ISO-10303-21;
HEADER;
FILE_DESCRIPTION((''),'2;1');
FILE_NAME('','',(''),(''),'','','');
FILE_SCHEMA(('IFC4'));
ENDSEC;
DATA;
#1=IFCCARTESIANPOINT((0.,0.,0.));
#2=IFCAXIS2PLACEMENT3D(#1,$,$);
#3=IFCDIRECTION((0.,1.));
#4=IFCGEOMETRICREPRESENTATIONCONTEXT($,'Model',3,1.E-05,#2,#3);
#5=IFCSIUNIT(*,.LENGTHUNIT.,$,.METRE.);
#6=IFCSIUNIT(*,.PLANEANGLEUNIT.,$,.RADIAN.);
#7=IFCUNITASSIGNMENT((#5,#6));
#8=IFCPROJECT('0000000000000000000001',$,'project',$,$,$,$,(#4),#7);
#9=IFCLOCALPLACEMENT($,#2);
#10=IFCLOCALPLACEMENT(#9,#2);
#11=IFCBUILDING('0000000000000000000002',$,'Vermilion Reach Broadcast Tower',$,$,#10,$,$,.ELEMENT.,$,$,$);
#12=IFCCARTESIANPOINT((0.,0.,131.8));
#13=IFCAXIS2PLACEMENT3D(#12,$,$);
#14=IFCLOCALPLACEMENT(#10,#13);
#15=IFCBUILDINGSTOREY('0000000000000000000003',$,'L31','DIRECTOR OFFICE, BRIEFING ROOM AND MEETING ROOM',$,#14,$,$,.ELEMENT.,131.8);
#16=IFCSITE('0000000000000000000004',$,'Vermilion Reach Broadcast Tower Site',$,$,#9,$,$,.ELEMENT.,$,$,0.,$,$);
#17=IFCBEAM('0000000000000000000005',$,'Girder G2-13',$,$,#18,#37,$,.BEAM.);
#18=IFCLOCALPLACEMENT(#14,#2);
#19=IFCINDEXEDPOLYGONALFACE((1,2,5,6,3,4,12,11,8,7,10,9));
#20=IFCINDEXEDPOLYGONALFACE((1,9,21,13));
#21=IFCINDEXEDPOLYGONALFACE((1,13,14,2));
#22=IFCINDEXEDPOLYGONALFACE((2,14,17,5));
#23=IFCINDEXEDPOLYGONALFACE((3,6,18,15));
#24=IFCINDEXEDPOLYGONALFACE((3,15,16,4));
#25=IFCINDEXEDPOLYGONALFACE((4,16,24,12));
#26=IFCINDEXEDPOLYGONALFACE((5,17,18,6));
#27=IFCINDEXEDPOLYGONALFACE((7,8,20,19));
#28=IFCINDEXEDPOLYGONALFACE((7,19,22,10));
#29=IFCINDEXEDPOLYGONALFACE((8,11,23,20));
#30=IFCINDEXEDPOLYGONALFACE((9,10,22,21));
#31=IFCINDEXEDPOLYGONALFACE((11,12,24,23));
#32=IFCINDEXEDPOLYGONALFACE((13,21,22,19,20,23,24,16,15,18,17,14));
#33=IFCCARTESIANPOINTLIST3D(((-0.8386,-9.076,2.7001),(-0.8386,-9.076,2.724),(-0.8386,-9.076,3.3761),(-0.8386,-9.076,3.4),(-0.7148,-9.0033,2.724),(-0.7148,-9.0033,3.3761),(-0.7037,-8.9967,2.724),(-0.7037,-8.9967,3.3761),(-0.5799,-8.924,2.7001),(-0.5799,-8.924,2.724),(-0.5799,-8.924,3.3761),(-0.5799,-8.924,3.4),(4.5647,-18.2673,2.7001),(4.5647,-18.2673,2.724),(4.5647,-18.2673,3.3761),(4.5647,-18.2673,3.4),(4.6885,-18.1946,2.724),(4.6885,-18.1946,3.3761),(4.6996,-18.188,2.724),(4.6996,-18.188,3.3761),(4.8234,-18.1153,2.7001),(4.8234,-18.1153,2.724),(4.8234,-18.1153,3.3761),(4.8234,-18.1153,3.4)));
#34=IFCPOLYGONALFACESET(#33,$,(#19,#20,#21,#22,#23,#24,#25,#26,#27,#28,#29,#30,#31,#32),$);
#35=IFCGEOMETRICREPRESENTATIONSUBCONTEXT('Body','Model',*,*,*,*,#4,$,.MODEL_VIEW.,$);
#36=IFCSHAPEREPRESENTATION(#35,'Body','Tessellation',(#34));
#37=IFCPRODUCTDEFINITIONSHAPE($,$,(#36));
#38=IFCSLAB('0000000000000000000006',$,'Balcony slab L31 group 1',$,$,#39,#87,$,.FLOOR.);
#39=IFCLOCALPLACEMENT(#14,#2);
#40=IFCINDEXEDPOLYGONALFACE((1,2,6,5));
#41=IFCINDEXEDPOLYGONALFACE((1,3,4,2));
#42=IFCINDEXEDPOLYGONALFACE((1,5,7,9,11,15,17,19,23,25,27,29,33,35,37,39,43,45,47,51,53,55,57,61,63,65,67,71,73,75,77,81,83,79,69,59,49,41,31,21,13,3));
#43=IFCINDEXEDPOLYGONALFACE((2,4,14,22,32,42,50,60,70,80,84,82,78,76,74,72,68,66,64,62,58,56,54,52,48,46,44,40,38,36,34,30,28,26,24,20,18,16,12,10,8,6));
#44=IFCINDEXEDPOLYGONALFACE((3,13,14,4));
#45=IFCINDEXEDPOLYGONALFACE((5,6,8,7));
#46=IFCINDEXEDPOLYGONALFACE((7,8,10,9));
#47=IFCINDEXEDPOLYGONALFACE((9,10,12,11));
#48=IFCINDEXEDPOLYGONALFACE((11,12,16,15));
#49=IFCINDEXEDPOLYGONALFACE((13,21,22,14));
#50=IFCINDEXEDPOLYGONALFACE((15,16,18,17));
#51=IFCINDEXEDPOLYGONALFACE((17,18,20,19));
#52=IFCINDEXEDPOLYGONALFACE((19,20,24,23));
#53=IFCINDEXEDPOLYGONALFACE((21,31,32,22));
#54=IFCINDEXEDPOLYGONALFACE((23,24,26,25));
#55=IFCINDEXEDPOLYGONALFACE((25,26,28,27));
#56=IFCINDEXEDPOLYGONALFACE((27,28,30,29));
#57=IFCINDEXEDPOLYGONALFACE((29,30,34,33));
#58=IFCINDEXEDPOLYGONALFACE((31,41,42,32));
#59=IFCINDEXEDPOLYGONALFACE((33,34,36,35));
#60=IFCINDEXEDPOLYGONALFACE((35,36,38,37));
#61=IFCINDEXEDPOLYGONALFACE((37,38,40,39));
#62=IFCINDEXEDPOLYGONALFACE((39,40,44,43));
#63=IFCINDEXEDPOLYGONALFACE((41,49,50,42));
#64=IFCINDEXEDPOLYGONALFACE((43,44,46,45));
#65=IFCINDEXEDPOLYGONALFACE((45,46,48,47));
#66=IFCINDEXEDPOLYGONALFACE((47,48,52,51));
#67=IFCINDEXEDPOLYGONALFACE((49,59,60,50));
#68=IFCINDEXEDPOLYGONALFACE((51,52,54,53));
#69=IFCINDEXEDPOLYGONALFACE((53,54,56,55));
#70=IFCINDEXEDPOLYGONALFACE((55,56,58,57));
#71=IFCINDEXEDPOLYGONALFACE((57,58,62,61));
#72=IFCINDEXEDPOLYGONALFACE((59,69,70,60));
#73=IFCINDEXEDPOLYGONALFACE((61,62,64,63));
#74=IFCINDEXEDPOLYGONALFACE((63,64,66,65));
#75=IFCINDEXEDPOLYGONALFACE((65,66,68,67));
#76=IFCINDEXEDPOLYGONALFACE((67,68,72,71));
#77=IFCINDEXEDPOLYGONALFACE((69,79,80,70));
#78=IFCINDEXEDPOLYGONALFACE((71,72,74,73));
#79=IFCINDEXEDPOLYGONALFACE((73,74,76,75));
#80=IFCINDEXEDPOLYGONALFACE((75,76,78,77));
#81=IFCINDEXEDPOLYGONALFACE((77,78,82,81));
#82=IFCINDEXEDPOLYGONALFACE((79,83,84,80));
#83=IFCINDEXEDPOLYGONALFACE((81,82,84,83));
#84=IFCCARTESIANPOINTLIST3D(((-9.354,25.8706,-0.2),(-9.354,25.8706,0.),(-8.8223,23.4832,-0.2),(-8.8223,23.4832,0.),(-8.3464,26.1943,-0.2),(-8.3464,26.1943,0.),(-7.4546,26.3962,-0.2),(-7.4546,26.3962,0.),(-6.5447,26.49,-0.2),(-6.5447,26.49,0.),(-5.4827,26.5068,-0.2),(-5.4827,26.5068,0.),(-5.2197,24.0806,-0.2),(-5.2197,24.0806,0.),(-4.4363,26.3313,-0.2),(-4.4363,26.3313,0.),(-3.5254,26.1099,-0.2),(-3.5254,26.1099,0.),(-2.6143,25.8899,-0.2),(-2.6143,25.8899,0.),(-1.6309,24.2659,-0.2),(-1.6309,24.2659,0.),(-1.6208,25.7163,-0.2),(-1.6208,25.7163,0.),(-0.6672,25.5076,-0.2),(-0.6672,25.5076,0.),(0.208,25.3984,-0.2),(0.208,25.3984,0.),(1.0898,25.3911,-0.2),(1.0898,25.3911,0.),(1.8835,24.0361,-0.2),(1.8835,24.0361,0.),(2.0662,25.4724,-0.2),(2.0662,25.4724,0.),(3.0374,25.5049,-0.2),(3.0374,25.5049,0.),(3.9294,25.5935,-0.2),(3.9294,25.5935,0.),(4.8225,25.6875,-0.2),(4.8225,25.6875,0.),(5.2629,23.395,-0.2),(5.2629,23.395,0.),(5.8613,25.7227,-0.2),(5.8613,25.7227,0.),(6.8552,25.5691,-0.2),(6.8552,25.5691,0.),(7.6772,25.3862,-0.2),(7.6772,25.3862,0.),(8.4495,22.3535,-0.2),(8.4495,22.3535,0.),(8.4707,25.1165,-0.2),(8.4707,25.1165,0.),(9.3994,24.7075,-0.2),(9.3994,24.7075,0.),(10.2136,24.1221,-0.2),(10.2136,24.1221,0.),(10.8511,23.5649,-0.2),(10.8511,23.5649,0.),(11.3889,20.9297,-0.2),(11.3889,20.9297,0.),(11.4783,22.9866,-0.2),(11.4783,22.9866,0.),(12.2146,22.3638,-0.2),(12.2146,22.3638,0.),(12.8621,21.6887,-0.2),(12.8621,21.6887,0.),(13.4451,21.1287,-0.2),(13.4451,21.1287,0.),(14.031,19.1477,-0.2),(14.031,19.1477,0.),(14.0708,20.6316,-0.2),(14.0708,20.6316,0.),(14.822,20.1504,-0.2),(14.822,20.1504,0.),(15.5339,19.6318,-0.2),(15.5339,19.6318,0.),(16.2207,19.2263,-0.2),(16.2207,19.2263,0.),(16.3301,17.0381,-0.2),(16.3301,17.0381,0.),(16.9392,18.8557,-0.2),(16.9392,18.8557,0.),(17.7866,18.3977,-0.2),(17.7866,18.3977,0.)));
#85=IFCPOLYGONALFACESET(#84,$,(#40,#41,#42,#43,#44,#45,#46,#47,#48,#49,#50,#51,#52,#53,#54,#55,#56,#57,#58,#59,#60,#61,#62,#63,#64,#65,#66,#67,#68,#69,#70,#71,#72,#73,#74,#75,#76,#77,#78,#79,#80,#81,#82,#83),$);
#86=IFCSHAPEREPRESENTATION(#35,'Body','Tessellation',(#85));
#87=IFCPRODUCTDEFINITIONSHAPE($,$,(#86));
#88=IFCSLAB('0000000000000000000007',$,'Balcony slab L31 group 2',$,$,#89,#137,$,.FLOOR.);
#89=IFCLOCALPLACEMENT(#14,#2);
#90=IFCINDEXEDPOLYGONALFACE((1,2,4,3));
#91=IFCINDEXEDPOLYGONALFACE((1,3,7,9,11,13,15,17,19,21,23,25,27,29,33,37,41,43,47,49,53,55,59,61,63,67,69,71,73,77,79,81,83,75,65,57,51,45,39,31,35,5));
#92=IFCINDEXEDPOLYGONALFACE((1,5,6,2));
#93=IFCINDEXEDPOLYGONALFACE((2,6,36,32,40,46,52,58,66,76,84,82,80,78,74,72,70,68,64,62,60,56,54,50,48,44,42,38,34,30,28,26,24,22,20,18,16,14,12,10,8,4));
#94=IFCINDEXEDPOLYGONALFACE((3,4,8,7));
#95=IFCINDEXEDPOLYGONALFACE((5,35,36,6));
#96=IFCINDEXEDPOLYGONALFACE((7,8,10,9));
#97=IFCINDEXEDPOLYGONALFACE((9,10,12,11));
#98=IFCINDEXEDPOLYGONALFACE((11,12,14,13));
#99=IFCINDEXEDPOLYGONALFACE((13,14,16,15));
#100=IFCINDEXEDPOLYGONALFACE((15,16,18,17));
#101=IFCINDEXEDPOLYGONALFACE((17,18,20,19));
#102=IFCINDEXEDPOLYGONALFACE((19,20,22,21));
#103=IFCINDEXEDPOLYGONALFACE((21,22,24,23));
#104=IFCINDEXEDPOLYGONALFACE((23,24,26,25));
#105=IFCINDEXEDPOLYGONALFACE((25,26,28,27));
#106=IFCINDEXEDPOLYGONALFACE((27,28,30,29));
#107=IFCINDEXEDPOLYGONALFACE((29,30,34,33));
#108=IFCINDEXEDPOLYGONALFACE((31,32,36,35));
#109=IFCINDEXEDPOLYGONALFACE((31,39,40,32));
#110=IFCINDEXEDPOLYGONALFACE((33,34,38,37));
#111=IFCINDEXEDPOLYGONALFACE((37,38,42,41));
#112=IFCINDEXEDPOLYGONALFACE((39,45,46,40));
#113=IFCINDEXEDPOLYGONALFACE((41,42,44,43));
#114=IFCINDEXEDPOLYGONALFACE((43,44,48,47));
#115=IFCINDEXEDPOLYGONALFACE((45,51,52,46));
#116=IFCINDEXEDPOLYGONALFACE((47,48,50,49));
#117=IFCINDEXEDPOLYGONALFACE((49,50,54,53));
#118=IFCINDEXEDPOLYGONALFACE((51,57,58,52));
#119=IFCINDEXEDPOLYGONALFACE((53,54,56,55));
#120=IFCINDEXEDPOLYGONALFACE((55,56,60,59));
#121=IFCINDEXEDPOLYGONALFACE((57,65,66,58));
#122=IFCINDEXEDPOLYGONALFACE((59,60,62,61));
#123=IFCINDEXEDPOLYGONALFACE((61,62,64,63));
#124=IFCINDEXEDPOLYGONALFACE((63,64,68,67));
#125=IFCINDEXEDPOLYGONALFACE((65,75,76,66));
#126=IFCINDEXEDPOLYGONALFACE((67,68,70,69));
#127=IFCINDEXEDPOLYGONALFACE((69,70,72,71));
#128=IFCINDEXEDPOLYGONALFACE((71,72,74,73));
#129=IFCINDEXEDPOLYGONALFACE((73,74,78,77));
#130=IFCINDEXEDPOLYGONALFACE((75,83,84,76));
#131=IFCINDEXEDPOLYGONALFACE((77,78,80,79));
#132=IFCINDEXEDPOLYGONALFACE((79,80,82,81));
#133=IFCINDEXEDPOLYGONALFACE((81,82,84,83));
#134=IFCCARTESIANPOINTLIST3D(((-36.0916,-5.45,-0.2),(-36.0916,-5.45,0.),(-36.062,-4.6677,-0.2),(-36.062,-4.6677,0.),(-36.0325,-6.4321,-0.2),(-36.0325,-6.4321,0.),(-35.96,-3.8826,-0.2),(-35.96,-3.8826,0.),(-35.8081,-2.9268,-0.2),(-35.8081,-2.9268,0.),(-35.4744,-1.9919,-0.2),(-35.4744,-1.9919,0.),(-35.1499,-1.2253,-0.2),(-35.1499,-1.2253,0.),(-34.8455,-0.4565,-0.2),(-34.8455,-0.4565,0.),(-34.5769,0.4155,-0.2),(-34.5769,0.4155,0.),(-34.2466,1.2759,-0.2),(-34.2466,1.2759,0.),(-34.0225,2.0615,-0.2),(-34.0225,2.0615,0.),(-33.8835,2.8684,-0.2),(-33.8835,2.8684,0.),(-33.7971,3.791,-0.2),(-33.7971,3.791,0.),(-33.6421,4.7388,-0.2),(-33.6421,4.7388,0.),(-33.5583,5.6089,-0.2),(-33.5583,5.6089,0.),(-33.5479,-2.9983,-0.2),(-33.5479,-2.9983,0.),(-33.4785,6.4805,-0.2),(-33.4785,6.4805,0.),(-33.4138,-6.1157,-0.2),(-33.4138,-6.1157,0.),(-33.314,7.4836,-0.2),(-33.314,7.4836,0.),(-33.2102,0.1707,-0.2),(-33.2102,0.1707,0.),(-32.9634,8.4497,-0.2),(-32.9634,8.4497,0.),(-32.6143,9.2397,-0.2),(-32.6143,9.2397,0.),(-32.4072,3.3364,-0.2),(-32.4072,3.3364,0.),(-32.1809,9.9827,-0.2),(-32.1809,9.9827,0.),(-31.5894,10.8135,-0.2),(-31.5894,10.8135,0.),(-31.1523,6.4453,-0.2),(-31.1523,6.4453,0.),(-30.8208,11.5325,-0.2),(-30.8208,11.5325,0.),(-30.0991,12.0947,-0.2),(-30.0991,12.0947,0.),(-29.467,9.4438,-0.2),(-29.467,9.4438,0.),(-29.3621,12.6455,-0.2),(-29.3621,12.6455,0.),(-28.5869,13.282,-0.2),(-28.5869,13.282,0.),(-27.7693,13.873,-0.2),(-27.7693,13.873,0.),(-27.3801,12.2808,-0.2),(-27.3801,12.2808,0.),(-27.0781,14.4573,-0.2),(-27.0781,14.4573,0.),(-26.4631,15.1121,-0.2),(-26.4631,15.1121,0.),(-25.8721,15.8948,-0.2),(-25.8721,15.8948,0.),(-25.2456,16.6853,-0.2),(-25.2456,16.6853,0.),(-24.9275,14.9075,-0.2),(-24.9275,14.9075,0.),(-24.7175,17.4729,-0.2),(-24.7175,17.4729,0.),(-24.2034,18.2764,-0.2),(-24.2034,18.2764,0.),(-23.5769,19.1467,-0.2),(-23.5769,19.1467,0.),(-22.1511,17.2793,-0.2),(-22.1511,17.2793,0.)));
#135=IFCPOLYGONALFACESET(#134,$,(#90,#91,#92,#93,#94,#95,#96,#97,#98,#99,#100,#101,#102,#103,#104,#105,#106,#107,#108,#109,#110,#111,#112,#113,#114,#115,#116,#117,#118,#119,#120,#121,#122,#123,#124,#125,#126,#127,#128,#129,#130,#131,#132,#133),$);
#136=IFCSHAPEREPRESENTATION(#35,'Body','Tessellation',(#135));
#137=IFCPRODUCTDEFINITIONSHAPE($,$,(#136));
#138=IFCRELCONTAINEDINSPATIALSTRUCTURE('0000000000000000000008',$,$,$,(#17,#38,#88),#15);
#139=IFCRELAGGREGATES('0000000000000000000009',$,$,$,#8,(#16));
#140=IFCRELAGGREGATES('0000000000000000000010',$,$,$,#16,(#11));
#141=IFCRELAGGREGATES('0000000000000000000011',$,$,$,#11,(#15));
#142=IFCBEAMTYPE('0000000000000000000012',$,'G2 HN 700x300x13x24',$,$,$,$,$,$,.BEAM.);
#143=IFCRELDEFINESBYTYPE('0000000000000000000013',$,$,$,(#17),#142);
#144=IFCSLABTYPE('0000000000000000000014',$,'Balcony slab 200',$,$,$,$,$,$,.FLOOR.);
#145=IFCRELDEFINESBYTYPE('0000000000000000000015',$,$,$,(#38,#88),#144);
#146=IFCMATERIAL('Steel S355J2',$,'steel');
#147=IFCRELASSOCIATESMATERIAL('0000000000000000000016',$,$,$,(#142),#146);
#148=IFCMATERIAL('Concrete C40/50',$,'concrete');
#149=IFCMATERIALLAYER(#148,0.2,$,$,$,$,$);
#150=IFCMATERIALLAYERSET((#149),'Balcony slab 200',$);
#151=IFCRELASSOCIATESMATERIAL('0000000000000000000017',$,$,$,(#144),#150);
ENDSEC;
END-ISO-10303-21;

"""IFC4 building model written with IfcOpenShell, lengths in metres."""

from ifc_helpers import new_model, si_unit, direction, frame, origin, origin_2d, place, context, subcontext, project, spatial, polyline, i_section, outline, extrude, material, layer, layer_set, material_profile, profile_set, type_object, element, save


model = new_model("IFC4")

# Units and contexts
model_context = context("Model", 3, precision=1e-05, world=origin(), true_north=direction((0.0, 1.0)))
body_context = subcontext(model_context, "Body", "Model", "MODEL_VIEW")
ifc_project = project(units=[si_unit("LENGTHUNIT", "METRE"), si_unit("PLANEANGLEUNIT", "RADIAN")], contexts=[model_context])

# Site, building, storey
site_placement = place(None, origin())
site = spatial("IfcSite", under=ifc_project, at=site_placement, Name="Vermilion Reach Broadcast Tower Site", CompositionType="ELEMENT", RefElevation=0.0)
building_placement = place(site_placement, origin())
building = spatial("IfcBuilding", under=site, at=building_placement, Name="Vermilion Reach Broadcast Tower", CompositionType="ELEMENT")
storey_placement = place(building_placement, frame((0.0, 0.0, 131.8)))
storey = spatial("IfcBuildingStorey", under=building, at=storey_placement, Name="L31", Description="DIRECTOR OFFICE, BRIEFING ROOM AND MEETING ROOM", CompositionType="ELEMENT", Elevation=131.8)

# Beam
ifc_material_1 = material(Name="Steel S355J2", Category="steel")
ifc_material_profile = material_profile(ifc_material_1, i_section(OverallWidth=0.3, OverallDepth=0.7, WebThickness=0.0129, FlangeThickness=0.0239, at=origin_2d()), Name="S355J2 HN 700x300x13x24")
ifc_profile_set = profile_set([ifc_material_profile], Name="Steel S355J2")
beam_type = type_object("IfcBeamType", Name="G2 HN 700x300x13x24", PredefinedType="BEAM", material=ifc_profile_set)
beam_placement = place(storey_placement, frame((-0.7092, -9.0, 3.05), z_axis=(0.506784, -0.862073, 0.0), x_axis=(0.862073, 0.506784, 0.0)))
element("IfcBeam", 1, at=beam_placement, inside=storey, type_object=beam_type, Name="Girder G2-13", PredefinedType="BEAM", context=body_context, shape_type="SweptSolid", body=[
    extrude(i_section(OverallWidth=0.3, OverallDepth=0.7, WebThickness=0.0129, FlangeThickness=0.0239, at=origin_2d()), origin(), (0.0, 0.0, 1.0), 10.6619),
])

# Slabs
ifc_material_2 = material(Name="Concrete C40/50", Category="concrete")
ifc_layer_1 = layer(ifc_material_2, 0.2)
ifc_layer_set_1 = layer_set([ifc_layer_1], Name="Balcony slab 200")
slab_type_1 = type_object("IfcSlabType", Name="Balcony slab 200", PredefinedType="FLOOR", material=ifc_layer_set_1)
placement_1 = place(storey_placement, frame((0.0, 0.0, -0.2)))
element("IfcSlab", 2, at=placement_1, inside=storey, type_object=slab_type_1, Name="Balcony slab L31 group 1", PredefinedType="FLOOR", context=body_context, shape_type="SweptSolid", body=[
    extrude(outline(polyline([(16.3301, 17.0381), (14.031, 19.1477), (11.3889, 20.9297), (8.4495, 22.3535), (5.2629, 23.395), (1.8835, 24.0361), (-1.6309, 24.2659), (-5.2197, 24.0806), (-8.8223, 23.4832), (-9.354, 25.8706), (-8.3464, 26.1943), (-7.4546, 26.3962), (-6.5447, 26.49), (-5.4827, 26.5068), (-4.4363, 26.3313), (-3.5254, 26.1099), (-2.6143, 25.8899), (-1.6208, 25.7163), (-0.6672, 25.5076), (0.208, 25.3984), (1.0898, 25.3911), (2.0662, 25.4724), (3.0374, 25.5049), (3.9294, 25.5935), (4.8225, 25.6875), (5.8613, 25.7227), (6.8552, 25.5691), (7.6772, 25.3862), (8.4707, 25.1165), (9.3994, 24.7075), (10.2136, 24.1221), (10.8511, 23.5649), (11.4783, 22.9866), (12.2146, 22.3638), (12.8621, 21.6887), (13.4451, 21.1287), (14.0708, 20.6316), (14.822, 20.1504), (15.5339, 19.6318), (16.2207, 19.2263), (16.9392, 18.8557), (17.7866, 18.3977), (16.3301, 17.0381)])), origin(), (0.0, 0.0, 1.0), 0.2),
])
element("IfcSlab", 3, at=placement_1, inside=storey, type_object=slab_type_1, Name="Balcony slab L31 group 2", PredefinedType="FLOOR", context=body_context, shape_type="SweptSolid", body=[
    extrude(outline(polyline([(-22.1511, 17.2793), (-24.9275, 14.9075), (-27.3801, 12.2808), (-29.467, 9.4438), (-31.1523, 6.4453), (-32.4072, 3.3364), (-33.2102, 0.1707), (-33.5479, -2.9983), (-33.4138, -6.1157), (-36.0325, -6.4321), (-36.0916, -5.45), (-36.062, -4.6677), (-35.96, -3.8826), (-35.8081, -2.9268), (-35.4744, -1.9919), (-35.1499, -1.2253), (-34.8455, -0.4565), (-34.5769, 0.4155), (-34.2466, 1.2759), (-34.0225, 2.0615), (-33.8835, 2.8684), (-33.7971, 3.791), (-33.6421, 4.7388), (-33.5583, 5.6089), (-33.4785, 6.4805), (-33.314, 7.4836), (-32.9634, 8.4497), (-32.6143, 9.2397), (-32.1809, 9.9827), (-31.5894, 10.8135), (-30.8208, 11.5325), (-30.0991, 12.0947), (-29.3621, 12.6455), (-28.5869, 13.282), (-27.7693, 13.873), (-27.0781, 14.4573), (-26.4631, 15.1121), (-25.8721, 15.8948), (-25.2456, 16.6853), (-24.7175, 17.4729), (-24.2034, 18.2764), (-23.5769, 19.1467), (-22.1511, 17.2793)])), origin(), (0.0, 0.0, 1.0), 0.2),
])

save(model, "model.ifc")
